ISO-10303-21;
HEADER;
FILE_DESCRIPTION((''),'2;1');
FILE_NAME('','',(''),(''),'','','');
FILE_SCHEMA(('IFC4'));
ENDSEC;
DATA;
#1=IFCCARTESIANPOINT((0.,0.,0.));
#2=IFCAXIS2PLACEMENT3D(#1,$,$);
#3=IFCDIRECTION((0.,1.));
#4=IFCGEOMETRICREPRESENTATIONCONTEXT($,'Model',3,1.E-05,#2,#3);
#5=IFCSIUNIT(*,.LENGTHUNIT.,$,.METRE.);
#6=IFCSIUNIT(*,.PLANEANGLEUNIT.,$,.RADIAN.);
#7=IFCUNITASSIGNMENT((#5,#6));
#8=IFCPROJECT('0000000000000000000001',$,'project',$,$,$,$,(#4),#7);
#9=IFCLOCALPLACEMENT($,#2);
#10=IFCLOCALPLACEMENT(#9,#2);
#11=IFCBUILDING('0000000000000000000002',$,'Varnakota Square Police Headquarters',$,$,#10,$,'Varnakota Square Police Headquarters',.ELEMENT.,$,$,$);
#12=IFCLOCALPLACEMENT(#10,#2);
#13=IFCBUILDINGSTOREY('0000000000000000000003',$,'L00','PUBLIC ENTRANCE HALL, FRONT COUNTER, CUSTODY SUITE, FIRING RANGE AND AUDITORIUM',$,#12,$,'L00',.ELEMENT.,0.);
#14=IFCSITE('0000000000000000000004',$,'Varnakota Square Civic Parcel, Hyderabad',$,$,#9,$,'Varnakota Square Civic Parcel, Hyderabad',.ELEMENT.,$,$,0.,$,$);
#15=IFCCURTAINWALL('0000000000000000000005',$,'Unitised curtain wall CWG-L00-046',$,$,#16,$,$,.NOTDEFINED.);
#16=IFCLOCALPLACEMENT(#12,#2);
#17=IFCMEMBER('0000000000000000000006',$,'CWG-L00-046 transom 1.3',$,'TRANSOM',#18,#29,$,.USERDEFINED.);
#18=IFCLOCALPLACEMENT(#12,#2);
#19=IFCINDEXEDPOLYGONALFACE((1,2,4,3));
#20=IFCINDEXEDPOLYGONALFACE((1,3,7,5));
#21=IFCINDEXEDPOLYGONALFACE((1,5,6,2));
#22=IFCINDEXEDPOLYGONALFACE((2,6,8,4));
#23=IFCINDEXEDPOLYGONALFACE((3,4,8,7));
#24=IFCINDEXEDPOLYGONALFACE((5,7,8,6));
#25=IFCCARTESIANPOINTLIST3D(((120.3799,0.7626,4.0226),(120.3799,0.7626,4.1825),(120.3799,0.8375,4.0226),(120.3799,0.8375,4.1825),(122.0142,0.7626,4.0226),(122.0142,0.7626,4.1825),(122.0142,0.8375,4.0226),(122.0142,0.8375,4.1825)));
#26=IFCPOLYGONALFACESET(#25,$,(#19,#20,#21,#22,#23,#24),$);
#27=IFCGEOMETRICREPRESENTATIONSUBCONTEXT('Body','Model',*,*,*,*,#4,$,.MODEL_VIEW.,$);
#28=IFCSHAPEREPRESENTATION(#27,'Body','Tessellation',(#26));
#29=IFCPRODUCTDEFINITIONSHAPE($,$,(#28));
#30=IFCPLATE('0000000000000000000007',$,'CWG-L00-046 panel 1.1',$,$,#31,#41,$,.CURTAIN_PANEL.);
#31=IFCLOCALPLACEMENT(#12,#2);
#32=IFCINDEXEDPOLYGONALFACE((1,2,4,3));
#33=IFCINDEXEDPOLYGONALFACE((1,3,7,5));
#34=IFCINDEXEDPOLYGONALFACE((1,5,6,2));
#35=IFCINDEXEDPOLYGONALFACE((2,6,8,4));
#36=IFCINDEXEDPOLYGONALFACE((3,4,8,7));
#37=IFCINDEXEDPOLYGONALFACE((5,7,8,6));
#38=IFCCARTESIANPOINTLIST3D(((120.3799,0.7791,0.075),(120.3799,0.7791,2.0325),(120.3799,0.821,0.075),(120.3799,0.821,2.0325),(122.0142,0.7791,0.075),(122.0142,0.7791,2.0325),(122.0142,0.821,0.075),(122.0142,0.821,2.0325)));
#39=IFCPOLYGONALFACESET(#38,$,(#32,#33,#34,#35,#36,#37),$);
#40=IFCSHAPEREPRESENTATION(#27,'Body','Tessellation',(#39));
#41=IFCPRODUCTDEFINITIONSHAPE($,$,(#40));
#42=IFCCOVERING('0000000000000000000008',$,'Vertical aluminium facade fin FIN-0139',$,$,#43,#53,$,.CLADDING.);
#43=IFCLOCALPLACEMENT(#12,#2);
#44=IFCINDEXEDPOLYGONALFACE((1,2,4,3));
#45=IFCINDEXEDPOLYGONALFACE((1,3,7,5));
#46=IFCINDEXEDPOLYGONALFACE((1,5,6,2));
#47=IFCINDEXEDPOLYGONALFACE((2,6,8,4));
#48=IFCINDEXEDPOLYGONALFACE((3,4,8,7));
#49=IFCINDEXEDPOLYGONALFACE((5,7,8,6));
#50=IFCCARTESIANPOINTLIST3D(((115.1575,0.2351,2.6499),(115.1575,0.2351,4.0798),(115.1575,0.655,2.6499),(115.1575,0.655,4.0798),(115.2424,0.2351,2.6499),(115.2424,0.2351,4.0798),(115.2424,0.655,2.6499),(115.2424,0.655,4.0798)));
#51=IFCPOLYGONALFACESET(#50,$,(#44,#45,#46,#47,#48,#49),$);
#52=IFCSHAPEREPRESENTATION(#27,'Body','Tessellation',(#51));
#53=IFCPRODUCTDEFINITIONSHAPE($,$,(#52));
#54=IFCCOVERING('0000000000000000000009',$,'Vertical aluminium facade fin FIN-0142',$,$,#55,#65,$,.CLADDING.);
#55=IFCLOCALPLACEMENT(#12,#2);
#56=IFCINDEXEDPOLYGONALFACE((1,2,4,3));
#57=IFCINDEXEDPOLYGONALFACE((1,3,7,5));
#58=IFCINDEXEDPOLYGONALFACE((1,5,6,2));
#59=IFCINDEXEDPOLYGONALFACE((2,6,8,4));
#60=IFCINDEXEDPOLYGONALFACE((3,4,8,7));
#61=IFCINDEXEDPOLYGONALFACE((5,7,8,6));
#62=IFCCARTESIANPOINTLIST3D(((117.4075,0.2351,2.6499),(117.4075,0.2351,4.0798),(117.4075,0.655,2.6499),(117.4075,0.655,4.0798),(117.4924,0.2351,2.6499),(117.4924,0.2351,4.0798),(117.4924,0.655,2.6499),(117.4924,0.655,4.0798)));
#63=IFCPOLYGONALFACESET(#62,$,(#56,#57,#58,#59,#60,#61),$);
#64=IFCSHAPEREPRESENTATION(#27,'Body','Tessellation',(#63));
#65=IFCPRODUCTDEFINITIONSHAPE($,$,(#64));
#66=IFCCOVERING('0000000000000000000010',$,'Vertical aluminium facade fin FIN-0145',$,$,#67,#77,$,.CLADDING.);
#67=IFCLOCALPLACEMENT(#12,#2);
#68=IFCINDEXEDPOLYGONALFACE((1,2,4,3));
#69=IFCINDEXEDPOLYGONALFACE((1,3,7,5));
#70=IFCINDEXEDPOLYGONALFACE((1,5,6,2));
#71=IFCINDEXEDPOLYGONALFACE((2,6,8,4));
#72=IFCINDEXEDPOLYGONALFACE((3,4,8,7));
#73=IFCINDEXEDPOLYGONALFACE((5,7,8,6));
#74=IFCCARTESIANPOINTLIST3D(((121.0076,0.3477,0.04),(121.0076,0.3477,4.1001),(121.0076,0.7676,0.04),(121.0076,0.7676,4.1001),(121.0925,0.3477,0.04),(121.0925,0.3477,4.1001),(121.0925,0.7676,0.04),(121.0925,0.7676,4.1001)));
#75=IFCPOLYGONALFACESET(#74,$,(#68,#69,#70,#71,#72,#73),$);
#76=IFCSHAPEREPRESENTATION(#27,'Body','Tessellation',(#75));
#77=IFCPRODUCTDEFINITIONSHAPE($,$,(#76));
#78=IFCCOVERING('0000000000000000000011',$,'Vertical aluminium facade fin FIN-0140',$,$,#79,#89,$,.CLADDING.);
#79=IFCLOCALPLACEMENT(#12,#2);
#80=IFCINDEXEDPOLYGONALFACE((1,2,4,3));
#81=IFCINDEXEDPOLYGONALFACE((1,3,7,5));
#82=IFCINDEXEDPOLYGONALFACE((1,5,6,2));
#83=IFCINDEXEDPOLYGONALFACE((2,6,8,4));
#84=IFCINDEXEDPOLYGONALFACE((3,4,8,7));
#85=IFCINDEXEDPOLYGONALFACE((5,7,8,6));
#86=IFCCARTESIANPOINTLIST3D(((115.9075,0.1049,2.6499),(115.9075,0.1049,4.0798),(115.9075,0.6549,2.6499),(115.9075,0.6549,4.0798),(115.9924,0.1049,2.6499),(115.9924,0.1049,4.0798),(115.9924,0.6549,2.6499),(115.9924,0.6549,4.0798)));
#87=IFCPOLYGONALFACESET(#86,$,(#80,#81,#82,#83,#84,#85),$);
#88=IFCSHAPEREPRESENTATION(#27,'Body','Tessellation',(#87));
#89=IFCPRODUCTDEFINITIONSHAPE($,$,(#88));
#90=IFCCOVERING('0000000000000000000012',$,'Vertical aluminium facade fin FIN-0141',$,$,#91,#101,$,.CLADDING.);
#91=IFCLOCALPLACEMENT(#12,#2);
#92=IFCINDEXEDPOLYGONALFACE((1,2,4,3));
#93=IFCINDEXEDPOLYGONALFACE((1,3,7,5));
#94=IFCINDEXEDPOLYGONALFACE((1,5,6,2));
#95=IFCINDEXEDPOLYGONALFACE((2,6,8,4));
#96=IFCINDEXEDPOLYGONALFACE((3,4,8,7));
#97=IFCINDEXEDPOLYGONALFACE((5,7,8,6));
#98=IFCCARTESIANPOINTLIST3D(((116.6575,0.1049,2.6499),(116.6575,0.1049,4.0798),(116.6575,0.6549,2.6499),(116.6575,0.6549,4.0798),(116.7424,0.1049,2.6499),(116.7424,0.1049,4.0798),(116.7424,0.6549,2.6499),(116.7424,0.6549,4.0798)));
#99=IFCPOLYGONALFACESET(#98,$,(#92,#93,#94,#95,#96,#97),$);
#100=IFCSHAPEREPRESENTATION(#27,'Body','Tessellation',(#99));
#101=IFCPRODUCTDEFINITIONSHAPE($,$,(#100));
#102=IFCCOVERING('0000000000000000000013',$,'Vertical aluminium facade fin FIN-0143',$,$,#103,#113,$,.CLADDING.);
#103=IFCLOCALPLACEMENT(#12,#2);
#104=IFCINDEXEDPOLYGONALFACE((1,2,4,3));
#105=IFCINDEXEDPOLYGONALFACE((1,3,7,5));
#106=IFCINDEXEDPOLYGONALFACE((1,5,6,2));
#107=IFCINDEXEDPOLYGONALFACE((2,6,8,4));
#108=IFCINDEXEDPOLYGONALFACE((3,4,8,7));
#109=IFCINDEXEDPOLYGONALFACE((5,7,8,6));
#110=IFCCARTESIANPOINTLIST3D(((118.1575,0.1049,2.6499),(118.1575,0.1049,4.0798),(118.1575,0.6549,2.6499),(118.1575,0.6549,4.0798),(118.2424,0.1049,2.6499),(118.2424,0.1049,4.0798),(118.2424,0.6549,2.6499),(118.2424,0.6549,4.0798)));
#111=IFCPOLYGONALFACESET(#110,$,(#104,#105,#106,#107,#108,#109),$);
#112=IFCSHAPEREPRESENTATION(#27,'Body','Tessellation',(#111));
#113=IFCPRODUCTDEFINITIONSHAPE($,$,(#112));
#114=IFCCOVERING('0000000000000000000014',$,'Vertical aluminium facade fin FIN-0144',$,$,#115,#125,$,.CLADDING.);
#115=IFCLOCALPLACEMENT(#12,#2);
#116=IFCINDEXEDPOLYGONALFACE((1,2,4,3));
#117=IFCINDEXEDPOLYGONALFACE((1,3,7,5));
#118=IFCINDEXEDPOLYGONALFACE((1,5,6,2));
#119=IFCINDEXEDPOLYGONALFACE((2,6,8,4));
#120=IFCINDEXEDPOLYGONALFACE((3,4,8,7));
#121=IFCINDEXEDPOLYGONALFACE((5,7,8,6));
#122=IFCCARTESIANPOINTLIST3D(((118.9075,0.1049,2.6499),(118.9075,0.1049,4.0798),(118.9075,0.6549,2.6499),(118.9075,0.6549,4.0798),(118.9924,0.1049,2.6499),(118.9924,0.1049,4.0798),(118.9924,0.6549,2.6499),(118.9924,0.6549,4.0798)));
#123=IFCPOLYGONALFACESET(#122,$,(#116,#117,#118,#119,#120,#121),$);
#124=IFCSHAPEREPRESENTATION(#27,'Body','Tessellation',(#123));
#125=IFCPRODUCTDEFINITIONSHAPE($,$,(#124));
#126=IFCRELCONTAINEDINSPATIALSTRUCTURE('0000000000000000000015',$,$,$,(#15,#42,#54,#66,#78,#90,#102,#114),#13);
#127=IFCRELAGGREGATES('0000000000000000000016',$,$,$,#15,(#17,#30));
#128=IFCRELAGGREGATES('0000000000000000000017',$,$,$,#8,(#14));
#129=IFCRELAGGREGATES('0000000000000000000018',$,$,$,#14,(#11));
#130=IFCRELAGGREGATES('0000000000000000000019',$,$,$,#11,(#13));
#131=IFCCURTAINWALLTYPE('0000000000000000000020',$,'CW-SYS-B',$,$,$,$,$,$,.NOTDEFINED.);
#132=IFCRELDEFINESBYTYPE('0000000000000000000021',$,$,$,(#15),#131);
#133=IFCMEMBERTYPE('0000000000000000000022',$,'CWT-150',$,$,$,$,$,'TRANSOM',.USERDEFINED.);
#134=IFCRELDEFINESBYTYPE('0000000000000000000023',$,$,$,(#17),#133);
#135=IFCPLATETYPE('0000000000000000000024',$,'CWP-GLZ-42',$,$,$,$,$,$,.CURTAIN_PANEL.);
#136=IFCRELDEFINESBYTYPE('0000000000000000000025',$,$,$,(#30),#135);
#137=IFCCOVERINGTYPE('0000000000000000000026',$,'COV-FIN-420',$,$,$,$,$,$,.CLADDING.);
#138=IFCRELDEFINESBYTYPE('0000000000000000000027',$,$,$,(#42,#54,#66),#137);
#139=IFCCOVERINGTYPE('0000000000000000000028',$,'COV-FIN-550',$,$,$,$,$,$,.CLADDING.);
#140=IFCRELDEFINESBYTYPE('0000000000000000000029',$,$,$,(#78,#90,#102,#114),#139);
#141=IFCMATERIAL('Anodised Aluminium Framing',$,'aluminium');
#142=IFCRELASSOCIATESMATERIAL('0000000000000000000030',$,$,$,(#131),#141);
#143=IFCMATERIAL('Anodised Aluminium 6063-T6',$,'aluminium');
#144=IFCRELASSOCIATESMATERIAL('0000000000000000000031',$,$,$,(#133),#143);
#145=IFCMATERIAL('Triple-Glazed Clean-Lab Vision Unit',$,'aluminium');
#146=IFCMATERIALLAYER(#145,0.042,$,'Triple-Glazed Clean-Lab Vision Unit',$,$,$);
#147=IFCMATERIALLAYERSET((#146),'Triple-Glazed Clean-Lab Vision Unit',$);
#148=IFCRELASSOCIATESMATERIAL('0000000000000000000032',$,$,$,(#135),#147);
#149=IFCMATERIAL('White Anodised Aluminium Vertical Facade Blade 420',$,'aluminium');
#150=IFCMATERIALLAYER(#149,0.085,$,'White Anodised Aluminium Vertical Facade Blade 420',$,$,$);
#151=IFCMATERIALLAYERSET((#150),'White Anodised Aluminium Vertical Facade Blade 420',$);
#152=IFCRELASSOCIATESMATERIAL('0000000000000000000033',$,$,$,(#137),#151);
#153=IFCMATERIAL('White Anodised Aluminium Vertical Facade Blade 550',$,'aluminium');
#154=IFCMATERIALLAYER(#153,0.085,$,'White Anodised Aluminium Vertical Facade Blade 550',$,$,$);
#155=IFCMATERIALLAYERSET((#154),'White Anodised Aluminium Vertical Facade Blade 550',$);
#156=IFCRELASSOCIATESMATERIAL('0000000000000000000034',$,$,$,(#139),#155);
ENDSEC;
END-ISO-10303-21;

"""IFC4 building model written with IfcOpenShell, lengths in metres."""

from ifc_helpers import new_model, si_unit, direction, frame, origin, origin_2d, place, context, subcontext, project, spatial, rectangle, extrude, material, layer, layer_set, material_profile, profile_set, type_object, element, aggregate, save


model = new_model("IFC4")

# Units and contexts
model_context = context("Model", 3, precision=1e-05, world=origin(), true_north=direction((0.0, 1.0)))
body_context = subcontext(model_context, "Body", "Model", "MODEL_VIEW")
ifc_project = project(units=[si_unit("LENGTHUNIT", "METRE"), si_unit("PLANEANGLEUNIT", "RADIAN")], contexts=[model_context])

# Site, building, storey
site_placement = place(None, origin())
site = spatial("IfcSite", under=ifc_project, at=site_placement, Name="Varnakota Square Civic Parcel, Hyderabad", LongName="Varnakota Square Civic Parcel, Hyderabad", CompositionType="ELEMENT", RefElevation=0.0)
building_placement = place(site_placement, origin())
building = spatial("IfcBuilding", under=site, at=building_placement, Name="Varnakota Square Police Headquarters", LongName="Varnakota Square Police Headquarters", CompositionType="ELEMENT")
storey_placement = place(building_placement, origin())
storey = spatial("IfcBuildingStorey", under=building, at=storey_placement, Name="L00", Description="PUBLIC ENTRANCE HALL, FRONT COUNTER, CUSTODY SUITE, FIRING RANGE AND AUDITORIUM", LongName="L00", CompositionType="ELEMENT", Elevation=0.0)

# Curtain wall, member, plate
ifc_material_1 = material(Name="Anodised Aluminium Framing", Category="aluminium")
curtain_wall_type = type_object("IfcCurtainWallType", Name="CW-SYS-B", PredefinedType="NOTDEFINED", material=ifc_material_1)
curtain_wall_placement = place(storey_placement, origin())
curtain_wall = element("IfcCurtainWall", 1, at=curtain_wall_placement, inside=storey, type_object=curtain_wall_type, Name="Unitised curtain wall CWG-L00-046", PredefinedType="NOTDEFINED")
ifc_material_2 = material(Name="Anodised Aluminium 6063-T6", Category="aluminium")
ifc_material_profile_1 = material_profile(ifc_material_2, rectangle(XDim=0.075, YDim=0.1599, at=origin_2d()), Name="ALU TRANSOM 75x160")
ifc_profile_set_1 = profile_set([ifc_material_profile_1], Name="Anodised Aluminium 6063-T6")
member_type_1 = type_object("IfcMemberType", Name="CWT-150", ElementType="TRANSOM", PredefinedType="USERDEFINED", material=ifc_profile_set_1)
member_1_placement = place(storey_placement, frame((120.3799, 0.8, 4.1025), z_axis=(1.0, 0.0, 0.0), x_axis=(0.0, 1.0, 0.0)))
member_1 = element("IfcMember", 2, at=member_1_placement, type_object=member_type_1, Name="CWG-L00-046 transom 1.3", ObjectType="TRANSOM", PredefinedType="USERDEFINED", context=body_context, shape_type="SweptSolid", body=[
    extrude(rectangle(XDim=0.075, YDim=0.1599, at=origin_2d()), origin(), (0.0, 0.0, 1.0), 1.6343),
])
ifc_material_3 = material(Name="Triple-Glazed Clean-Lab Vision Unit", Category="aluminium")
ifc_layer_1 = layer(ifc_material_3, 0.042, Name="Triple-Glazed Clean-Lab Vision Unit")
ifc_layer_set_1 = layer_set([ifc_layer_1], Name="Triple-Glazed Clean-Lab Vision Unit")
plate_type = type_object("IfcPlateType", Name="CWP-GLZ-42", PredefinedType="CURTAIN_PANEL", material=ifc_layer_set_1)
plate_placement = place(storey_placement, frame((121.197, 0.8, 0.075), z_axis=(0.0, 0.0, 1.0), x_axis=(1.0, 0.0, 0.0)))
plate = element("IfcPlate", 3, at=plate_placement, type_object=plate_type, Name="CWG-L00-046 panel 1.1", PredefinedType="CURTAIN_PANEL", context=body_context, shape_type="SweptSolid", body=[
    extrude(rectangle(XDim=1.6343, YDim=0.042, at=origin_2d()), origin(), (0.0, 0.0, 1.0), 1.9575),
])
aggregate(curtain_wall, [member_1, plate])

# Coverings
ifc_material_4 = material(Name="White Anodised Aluminium Vertical Facade Blade 420", Category="aluminium")
ifc_layer_2 = layer(ifc_material_4, 0.085, Name="White Anodised Aluminium Vertical Facade Blade 420")
ifc_layer_set_2 = layer_set([ifc_layer_2], Name="White Anodised Aluminium Vertical Facade Blade 420")
covering_type_1 = type_object("IfcCoveringType", Name="COV-FIN-420", PredefinedType="CLADDING", material=ifc_layer_set_2)
for number, where, z_axis, x_axis, name in (
    (4, (115.2, 0.4451, 2.6499), (0.0, 0.0, 1.0), (1.0, 0.0, 0.0), "Vertical aluminium facade fin FIN-0139"),
    (5, (117.45, 0.4451, 2.6499), (0.0, 0.0, 1.0), (1.0, 0.0, 0.0), "Vertical aluminium facade fin FIN-0142"),
):
    element("IfcCovering", number, at=place(storey_placement, frame(where, z_axis=z_axis, x_axis=x_axis)), inside=storey, type_object=covering_type_1, Name=name, PredefinedType="CLADDING", context=body_context, shape_type="SweptSolid", body=[
        extrude(rectangle(XDim=0.085, YDim=0.4199, at=origin_2d()), origin(), (0.0, 0.0, 1.0), 1.4299),
    ])
covering_placement = place(storey_placement, frame((121.05, 0.5576, 0.04), z_axis=(0.0, 0.0, 1.0), x_axis=(1.0, 0.0, 0.0)))
element("IfcCovering", 6, at=covering_placement, inside=storey, type_object=covering_type_1, Name="Vertical aluminium facade fin FIN-0145", PredefinedType="CLADDING", context=body_context, shape_type="SweptSolid", body=[
    extrude(rectangle(XDim=0.085, YDim=0.4199, at=origin_2d()), origin(), (0.0, 0.0, 1.0), 4.0601),
])
ifc_material_5 = material(Name="White Anodised Aluminium Vertical Facade Blade 550", Category="aluminium")
ifc_layer_3 = layer(ifc_material_5, 0.085, Name="White Anodised Aluminium Vertical Facade Blade 550")
ifc_layer_set_3 = layer_set([ifc_layer_3], Name="White Anodised Aluminium Vertical Facade Blade 550")
covering_type_2 = type_object("IfcCoveringType", Name="COV-FIN-550", PredefinedType="CLADDING", material=ifc_layer_set_3)
for number, where, z_axis, x_axis, name in (
    (7, (115.95, 0.3799, 2.6499), (0.0, 0.0, 1.0), (1.0, 0.0, 0.0), "Vertical aluminium facade fin FIN-0140"),
    (8, (116.7, 0.3799, 2.6499), (0.0, 0.0, 1.0), (1.0, 0.0, 0.0), "Vertical aluminium facade fin FIN-0141"),
    (9, (118.2, 0.3799, 2.6499), (0.0, 0.0, 1.0), (1.0, 0.0, 0.0), "Vertical aluminium facade fin FIN-0143"),
    (10, (118.95, 0.3799, 2.6499), (0.0, 0.0, 1.0), (1.0, 0.0, 0.0), "Vertical aluminium facade fin FIN-0144"),
):
    element("IfcCovering", number, at=place(storey_placement, frame(where, z_axis=z_axis, x_axis=x_axis)), inside=storey, type_object=covering_type_2, Name=name, PredefinedType="CLADDING", context=body_context, shape_type="SweptSolid", body=[
        extrude(rectangle(XDim=0.085, YDim=0.55, at=origin_2d()), origin(), (0.0, 0.0, 1.0), 1.4299),
    ])

save(model, "model.ifc")
